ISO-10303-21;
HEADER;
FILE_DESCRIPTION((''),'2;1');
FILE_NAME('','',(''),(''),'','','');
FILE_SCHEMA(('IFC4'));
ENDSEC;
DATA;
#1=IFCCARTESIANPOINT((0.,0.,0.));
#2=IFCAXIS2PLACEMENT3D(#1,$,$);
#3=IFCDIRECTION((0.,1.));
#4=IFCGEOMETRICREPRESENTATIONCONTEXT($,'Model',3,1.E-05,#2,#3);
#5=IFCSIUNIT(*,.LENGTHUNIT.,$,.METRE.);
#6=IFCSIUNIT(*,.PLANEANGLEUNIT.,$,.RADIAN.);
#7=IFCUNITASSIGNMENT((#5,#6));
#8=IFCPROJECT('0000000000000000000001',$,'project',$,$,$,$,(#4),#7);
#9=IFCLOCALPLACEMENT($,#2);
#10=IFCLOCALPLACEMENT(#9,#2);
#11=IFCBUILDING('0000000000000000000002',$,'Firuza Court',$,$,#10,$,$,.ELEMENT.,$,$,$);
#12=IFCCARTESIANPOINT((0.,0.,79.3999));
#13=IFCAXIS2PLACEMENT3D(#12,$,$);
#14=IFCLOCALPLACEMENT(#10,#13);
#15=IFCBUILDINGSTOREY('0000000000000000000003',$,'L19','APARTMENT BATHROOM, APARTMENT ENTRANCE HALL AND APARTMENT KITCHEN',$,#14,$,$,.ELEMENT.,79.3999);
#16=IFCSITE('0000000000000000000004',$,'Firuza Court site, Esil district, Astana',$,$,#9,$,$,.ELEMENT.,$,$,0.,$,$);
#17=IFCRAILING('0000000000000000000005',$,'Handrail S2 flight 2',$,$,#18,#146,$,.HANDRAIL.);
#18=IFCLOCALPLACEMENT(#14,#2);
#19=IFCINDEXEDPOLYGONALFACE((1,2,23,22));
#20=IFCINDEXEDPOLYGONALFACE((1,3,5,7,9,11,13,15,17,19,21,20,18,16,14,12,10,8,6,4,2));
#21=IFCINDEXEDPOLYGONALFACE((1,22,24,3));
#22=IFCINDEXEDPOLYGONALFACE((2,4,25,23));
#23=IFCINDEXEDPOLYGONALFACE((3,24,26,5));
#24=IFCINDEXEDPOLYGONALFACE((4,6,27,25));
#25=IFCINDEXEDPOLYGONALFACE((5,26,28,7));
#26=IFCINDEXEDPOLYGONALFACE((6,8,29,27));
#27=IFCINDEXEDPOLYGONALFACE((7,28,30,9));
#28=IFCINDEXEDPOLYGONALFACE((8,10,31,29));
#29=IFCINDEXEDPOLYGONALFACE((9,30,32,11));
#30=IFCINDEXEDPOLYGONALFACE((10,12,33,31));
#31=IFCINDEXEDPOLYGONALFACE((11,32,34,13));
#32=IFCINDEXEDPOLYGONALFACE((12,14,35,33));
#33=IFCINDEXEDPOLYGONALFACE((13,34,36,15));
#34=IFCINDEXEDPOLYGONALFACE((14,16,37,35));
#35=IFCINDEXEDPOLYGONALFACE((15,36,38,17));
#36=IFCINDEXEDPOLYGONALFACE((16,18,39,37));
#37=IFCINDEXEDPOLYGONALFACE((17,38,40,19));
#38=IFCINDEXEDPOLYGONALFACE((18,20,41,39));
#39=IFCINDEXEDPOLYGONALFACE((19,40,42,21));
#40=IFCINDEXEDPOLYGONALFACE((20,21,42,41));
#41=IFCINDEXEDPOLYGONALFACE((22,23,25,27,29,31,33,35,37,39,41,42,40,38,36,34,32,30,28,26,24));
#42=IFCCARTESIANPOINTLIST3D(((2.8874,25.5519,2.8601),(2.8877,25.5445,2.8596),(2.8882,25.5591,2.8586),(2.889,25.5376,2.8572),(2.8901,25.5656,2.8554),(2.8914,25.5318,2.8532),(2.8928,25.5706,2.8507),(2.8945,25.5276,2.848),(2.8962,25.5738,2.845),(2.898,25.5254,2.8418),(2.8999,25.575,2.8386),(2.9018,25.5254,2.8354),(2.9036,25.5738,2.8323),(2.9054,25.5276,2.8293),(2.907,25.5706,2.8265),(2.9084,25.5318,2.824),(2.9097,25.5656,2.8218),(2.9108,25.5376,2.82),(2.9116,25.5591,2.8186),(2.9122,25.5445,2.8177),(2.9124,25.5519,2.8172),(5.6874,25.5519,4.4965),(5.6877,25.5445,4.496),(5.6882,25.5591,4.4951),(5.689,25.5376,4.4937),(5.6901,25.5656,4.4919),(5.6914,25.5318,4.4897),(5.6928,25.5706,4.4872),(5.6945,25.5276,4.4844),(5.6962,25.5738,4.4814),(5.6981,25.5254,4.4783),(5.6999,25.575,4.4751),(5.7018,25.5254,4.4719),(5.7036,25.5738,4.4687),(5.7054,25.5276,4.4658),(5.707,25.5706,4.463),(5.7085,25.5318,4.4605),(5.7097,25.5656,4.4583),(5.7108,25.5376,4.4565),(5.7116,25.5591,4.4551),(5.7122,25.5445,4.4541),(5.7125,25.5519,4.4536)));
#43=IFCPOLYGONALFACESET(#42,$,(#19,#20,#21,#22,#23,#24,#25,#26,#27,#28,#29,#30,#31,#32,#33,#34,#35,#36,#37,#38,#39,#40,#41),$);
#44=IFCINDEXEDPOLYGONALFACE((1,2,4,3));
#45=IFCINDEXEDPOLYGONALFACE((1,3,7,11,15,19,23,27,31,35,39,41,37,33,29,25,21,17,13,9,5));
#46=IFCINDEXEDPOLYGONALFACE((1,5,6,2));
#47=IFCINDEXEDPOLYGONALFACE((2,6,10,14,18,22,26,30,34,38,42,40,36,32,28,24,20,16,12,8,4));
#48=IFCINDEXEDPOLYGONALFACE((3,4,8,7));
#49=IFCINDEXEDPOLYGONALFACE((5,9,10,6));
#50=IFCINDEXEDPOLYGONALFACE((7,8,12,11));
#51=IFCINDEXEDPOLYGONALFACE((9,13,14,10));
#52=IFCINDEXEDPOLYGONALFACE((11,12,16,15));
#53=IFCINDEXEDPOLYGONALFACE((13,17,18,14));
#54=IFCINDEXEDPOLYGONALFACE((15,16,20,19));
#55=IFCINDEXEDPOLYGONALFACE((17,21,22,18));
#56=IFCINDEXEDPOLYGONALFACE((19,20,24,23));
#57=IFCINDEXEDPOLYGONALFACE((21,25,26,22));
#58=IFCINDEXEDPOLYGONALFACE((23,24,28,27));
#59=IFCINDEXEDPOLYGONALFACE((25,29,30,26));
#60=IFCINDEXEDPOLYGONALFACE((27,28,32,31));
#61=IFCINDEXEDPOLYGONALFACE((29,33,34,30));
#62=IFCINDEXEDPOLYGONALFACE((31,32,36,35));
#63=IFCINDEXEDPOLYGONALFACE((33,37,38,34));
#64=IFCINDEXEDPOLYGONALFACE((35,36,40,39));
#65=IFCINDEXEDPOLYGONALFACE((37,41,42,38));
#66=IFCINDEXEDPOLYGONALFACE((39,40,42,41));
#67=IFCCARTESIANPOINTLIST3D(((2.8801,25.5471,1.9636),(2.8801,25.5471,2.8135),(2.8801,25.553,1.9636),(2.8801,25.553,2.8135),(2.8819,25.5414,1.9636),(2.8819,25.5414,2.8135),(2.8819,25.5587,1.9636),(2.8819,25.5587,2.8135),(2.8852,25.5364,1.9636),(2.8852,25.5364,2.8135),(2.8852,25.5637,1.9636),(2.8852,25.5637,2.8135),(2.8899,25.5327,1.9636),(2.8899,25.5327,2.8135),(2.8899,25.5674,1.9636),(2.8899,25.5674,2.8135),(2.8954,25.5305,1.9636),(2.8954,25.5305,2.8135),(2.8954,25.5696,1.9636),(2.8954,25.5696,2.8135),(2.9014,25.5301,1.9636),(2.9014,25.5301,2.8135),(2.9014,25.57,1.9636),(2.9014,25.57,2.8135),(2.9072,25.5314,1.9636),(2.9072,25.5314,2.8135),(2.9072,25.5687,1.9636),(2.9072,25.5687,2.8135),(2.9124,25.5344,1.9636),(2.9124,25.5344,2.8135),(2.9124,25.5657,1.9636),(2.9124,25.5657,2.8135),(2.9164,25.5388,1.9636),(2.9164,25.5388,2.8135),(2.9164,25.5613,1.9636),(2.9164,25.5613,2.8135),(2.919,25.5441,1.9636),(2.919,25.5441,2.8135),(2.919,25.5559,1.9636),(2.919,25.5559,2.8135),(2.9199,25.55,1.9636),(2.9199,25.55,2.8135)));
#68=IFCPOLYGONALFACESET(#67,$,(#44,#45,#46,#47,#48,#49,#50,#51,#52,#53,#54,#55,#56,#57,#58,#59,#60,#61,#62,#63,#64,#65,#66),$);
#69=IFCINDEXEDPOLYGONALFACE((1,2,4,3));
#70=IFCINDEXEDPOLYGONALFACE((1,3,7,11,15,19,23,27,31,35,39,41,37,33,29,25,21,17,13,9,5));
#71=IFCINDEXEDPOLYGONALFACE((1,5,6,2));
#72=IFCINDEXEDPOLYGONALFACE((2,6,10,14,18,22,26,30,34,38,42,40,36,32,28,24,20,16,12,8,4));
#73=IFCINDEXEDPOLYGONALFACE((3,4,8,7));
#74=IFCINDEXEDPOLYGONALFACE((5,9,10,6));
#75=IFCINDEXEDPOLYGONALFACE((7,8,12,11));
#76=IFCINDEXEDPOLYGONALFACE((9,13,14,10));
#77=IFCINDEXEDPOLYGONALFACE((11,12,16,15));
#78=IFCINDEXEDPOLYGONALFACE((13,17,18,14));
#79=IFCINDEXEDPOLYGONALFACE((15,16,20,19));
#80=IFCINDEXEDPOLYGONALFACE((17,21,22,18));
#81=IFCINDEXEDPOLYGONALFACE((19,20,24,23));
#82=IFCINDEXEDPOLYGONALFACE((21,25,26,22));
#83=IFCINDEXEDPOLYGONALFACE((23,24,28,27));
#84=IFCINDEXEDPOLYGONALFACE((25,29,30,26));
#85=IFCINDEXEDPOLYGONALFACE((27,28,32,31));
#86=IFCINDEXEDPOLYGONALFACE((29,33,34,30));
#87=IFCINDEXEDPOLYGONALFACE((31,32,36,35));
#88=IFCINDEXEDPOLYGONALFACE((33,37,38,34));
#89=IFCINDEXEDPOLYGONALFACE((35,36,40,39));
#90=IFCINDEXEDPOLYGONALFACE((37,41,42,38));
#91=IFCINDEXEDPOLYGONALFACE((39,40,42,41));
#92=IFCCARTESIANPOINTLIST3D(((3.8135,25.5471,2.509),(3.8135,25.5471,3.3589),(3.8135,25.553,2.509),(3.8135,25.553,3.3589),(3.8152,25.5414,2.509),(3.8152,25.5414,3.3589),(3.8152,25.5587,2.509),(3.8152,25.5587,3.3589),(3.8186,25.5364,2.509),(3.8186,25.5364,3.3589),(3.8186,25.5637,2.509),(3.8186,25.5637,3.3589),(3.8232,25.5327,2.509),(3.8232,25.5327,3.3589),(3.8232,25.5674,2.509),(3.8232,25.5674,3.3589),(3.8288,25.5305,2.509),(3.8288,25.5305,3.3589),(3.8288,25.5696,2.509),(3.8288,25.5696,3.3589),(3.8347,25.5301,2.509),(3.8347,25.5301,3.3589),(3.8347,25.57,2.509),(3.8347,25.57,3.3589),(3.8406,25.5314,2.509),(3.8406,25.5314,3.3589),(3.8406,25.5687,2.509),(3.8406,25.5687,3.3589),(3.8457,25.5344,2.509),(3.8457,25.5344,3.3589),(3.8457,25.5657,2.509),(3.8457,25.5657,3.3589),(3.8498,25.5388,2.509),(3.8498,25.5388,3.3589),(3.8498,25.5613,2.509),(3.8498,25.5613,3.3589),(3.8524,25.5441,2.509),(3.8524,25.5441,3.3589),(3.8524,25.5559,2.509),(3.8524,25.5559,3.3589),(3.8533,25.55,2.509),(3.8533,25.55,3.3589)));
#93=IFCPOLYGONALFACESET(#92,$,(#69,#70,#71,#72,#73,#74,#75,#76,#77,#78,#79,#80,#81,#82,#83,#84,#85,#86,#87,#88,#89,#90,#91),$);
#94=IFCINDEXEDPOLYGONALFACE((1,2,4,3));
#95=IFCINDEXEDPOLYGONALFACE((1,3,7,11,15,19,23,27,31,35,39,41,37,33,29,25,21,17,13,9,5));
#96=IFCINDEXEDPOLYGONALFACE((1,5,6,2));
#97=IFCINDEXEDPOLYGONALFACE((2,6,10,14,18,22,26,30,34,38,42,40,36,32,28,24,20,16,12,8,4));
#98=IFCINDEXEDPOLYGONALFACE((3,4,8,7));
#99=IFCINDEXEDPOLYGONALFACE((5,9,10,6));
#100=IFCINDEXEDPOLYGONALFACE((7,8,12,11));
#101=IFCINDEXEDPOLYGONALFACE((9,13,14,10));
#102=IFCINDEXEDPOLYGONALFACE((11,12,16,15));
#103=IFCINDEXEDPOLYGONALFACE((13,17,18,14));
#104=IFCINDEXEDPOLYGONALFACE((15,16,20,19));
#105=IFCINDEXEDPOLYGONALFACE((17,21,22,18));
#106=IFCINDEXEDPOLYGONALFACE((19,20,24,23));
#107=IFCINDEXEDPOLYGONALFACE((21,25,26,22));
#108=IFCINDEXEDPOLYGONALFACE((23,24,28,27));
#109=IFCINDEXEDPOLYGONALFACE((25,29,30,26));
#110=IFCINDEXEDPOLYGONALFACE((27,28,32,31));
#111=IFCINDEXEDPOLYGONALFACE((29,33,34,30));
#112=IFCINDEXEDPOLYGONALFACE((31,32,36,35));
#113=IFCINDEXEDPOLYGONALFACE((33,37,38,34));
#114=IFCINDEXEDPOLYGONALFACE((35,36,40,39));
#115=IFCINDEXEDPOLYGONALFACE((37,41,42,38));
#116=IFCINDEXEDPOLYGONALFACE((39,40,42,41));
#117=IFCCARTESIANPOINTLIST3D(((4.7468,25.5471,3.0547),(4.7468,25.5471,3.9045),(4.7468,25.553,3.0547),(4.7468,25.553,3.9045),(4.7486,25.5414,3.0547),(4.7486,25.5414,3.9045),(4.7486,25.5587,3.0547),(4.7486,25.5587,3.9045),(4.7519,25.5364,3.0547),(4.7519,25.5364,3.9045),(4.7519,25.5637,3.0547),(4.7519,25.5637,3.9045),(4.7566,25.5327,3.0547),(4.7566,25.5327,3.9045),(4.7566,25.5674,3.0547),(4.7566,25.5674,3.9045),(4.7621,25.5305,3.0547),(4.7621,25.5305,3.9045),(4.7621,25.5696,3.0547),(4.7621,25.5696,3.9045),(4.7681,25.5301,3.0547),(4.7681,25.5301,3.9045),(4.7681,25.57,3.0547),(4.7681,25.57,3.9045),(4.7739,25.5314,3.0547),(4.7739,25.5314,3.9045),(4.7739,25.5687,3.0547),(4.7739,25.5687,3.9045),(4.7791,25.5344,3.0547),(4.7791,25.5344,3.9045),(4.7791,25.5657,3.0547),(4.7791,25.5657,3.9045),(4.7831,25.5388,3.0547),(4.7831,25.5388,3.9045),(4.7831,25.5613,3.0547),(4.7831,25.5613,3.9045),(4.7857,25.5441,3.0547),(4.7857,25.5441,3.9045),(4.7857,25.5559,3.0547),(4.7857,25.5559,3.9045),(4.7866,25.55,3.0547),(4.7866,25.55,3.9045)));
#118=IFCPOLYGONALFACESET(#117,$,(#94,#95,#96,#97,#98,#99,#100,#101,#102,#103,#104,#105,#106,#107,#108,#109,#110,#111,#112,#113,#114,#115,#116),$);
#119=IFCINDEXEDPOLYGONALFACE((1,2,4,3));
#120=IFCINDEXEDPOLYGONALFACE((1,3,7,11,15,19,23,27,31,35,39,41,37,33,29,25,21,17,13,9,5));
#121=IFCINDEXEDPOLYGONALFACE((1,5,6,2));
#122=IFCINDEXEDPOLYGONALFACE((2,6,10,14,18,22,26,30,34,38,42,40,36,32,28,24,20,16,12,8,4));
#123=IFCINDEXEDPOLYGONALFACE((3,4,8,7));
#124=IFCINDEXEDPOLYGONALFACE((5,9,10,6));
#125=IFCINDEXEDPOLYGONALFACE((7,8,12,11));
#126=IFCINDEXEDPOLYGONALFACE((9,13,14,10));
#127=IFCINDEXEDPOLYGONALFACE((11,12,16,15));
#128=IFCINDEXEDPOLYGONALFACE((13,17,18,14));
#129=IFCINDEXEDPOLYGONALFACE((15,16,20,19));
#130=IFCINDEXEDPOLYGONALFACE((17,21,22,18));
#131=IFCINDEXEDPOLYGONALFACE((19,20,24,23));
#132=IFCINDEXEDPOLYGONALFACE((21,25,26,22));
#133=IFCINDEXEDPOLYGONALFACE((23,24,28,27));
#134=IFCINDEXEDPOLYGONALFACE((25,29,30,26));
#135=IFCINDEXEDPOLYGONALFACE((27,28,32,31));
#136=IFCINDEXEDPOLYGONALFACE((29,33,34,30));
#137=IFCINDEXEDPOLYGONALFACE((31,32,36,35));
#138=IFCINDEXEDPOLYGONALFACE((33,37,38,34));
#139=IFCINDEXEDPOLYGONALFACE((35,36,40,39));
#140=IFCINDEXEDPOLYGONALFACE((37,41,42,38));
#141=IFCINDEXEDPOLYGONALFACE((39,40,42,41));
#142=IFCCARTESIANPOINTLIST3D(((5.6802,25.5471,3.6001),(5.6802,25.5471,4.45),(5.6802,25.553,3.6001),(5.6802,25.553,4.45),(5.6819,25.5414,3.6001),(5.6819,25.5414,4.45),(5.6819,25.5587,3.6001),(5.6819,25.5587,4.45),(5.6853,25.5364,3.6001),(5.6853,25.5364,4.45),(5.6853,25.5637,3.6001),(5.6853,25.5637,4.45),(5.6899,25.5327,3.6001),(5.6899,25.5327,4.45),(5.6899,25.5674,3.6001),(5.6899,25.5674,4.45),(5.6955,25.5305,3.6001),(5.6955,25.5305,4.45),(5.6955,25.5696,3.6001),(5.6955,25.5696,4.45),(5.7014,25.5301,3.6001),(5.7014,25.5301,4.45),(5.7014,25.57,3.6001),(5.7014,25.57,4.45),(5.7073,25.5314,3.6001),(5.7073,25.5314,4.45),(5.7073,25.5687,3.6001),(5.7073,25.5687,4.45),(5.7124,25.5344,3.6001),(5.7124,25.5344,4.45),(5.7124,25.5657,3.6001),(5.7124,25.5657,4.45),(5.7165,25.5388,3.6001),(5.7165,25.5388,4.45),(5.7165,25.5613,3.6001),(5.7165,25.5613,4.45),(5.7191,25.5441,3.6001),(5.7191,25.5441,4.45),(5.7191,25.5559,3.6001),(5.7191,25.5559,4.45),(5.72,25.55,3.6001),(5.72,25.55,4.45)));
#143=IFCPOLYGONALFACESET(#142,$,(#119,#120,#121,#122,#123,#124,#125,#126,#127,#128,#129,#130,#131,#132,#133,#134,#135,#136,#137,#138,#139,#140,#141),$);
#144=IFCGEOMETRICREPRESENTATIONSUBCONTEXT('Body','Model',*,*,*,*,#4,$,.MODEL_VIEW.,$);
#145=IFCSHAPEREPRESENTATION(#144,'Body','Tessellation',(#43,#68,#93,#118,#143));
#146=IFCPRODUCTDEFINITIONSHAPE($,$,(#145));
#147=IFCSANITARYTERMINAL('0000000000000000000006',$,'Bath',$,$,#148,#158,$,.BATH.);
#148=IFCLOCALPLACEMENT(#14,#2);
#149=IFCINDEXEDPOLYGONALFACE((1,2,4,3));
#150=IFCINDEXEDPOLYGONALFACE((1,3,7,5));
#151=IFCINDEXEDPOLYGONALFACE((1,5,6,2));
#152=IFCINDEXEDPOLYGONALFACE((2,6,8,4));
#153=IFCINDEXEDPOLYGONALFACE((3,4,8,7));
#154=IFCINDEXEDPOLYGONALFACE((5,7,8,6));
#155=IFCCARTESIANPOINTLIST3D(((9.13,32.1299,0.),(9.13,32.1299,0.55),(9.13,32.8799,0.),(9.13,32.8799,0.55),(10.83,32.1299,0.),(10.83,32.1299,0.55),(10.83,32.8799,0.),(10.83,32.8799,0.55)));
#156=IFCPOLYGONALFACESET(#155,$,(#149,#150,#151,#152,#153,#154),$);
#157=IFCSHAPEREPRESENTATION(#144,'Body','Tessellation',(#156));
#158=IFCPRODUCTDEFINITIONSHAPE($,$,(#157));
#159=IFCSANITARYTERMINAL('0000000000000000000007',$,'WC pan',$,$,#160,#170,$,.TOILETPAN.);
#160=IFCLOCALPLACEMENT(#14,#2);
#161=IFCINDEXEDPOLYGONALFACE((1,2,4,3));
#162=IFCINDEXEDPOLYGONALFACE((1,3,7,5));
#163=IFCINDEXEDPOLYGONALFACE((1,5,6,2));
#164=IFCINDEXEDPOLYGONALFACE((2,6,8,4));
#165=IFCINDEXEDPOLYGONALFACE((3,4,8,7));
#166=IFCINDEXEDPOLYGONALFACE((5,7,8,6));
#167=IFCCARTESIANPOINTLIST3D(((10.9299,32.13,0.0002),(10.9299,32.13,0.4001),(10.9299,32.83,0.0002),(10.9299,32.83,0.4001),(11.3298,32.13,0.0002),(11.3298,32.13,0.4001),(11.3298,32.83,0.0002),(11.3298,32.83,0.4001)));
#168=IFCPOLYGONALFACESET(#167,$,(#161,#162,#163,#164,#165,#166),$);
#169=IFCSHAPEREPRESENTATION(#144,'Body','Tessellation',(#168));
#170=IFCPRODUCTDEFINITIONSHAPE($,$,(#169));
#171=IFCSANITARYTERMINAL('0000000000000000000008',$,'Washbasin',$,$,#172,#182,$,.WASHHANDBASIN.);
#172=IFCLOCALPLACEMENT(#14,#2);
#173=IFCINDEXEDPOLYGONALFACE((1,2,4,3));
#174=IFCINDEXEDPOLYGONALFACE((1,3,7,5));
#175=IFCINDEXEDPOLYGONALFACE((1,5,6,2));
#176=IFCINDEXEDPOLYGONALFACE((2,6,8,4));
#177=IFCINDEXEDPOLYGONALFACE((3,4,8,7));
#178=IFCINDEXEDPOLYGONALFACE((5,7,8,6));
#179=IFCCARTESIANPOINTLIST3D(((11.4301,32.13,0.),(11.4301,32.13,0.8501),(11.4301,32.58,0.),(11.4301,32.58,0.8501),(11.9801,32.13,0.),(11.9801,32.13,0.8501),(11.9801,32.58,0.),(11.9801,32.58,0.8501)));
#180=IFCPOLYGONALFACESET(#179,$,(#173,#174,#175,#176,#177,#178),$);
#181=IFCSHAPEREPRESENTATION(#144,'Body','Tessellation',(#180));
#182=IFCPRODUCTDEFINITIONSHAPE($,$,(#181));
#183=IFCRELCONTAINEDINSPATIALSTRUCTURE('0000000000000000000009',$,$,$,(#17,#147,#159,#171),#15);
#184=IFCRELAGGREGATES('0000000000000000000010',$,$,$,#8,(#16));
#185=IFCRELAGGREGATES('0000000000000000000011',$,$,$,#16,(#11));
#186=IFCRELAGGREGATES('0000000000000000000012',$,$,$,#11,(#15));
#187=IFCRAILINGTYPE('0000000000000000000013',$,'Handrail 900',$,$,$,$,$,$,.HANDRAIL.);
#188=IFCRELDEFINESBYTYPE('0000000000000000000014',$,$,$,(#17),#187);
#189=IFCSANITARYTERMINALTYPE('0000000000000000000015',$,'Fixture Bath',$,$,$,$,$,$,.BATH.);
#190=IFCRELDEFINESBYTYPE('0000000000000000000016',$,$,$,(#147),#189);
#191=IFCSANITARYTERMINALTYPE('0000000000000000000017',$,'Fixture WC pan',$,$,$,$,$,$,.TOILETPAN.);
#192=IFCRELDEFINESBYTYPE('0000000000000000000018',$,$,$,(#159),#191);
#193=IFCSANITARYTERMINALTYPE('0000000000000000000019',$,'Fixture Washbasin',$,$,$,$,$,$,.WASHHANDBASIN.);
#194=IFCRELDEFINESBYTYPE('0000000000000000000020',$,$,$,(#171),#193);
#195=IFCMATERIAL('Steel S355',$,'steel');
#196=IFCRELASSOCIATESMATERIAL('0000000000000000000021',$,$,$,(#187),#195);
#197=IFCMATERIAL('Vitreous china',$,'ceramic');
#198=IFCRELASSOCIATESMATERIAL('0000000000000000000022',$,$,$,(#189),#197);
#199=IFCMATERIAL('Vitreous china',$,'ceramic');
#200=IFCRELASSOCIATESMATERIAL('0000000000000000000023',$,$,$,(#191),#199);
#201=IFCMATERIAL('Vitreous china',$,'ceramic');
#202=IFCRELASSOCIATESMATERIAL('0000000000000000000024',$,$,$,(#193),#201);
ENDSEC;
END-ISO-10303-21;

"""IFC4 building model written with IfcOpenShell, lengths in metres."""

from ifc_helpers import new_model, si_unit, direction, frame, origin, origin_2d, place, context, subcontext, project, spatial, rectangle, circle, extrude, material, type_object, element, save


model = new_model("IFC4")

# Units and contexts
model_context = context("Model", 3, precision=1e-05, world=origin(), true_north=direction((0.0, 1.0)))
body_context = subcontext(model_context, "Body", "Model", "MODEL_VIEW")
ifc_project = project(units=[si_unit("LENGTHUNIT", "METRE"), si_unit("PLANEANGLEUNIT", "RADIAN")], contexts=[model_context])

# Site, building, storey
site_placement = place(None, origin())
site = spatial("IfcSite", under=ifc_project, at=site_placement, Name="Firuza Court site, Esil district, Astana", CompositionType="ELEMENT", RefElevation=0.0)
building_placement = place(site_placement, origin())
building = spatial("IfcBuilding", under=site, at=building_placement, Name="Firuza Court", CompositionType="ELEMENT")
storey_placement = place(building_placement, frame((0.0, 0.0, 79.3999)))
storey = spatial("IfcBuildingStorey", under=building, at=storey_placement, Name="L19", Description="APARTMENT BATHROOM, APARTMENT ENTRANCE HALL AND APARTMENT KITCHEN", CompositionType="ELEMENT", Elevation=79.3999)

# Railing
ifc_material_1 = material(Name="Steel S355", Category="steel")
railing_type = type_object("IfcRailingType", Name="Handrail 900", PredefinedType="HANDRAIL", material=ifc_material_1)
railing_placement = place(storey_placement, frame((2.8999, 25.55, 1.9636)))
element("IfcRailing", 1, at=railing_placement, inside=storey, type_object=railing_type, Name="Handrail S2 flight 2", PredefinedType="HANDRAIL", context=body_context, shape_type="SweptSolid", body=[
    extrude(circle(Radius=0.0249, at=origin_2d()), frame((0.0, 0.0, 0.875), z_axis=(0.863361, 0.0, 0.504587), x_axis=(0.0, 1.0, 0.0)), (0.0, 0.0, 1.0), 3.2432),
    extrude(circle(Radius=0.02, at=origin_2d()), origin(), (0.0, 0.0, 1.0), 0.8499),
    extrude(circle(Radius=0.02, at=origin_2d()), frame((0.9333, 0.0, 0.5454)), (0.0, 0.0, 1.0), 0.8499),
    extrude(circle(Radius=0.02, at=origin_2d()), frame((1.8667, 0.0, 1.0911)), (0.0, 0.0, 1.0), 0.8499),
    extrude(circle(Radius=0.02, at=origin_2d()), frame((2.8, 0.0, 1.6365)), (0.0, 0.0, 1.0), 0.8499),
])

# Sanitary terminals
ifc_material_2 = material(Name="Vitreous china", Category="ceramic")
sanitary_terminal_type_1 = type_object("IfcSanitaryTerminalType", Name="Fixture Bath", PredefinedType="BATH", material=ifc_material_2)
sanitary_terminal_1_placement = place(storey_placement, frame((9.98, 32.5049, 0.0), z_axis=(0.0, 0.0, 1.0), x_axis=(1.0, 0.0, 0.0)))
element("IfcSanitaryTerminal", 2, at=sanitary_terminal_1_placement, inside=storey, type_object=sanitary_terminal_type_1, Name="Bath", PredefinedType="BATH", context=body_context, shape_type="SweptSolid", body=[
    extrude(rectangle(XDim=1.7, YDim=0.75, at=origin_2d()), origin(), (0.0, 0.0, 1.0), 0.55),
])
ifc_material_3 = material(Name="Vitreous china", Category="ceramic")
sanitary_terminal_type_2 = type_object("IfcSanitaryTerminalType", Name="Fixture WC pan", PredefinedType="TOILETPAN", material=ifc_material_3)
sanitary_terminal_2_placement = place(storey_placement, frame((11.1299, 32.48, 0.0002), z_axis=(0.0, 0.0, 1.0), x_axis=(1.0, 0.0, 0.0)))
element("IfcSanitaryTerminal", 3, at=sanitary_terminal_2_placement, inside=storey, type_object=sanitary_terminal_type_2, Name="WC pan", PredefinedType="TOILETPAN", context=body_context, shape_type="SweptSolid", body=[
    extrude(rectangle(XDim=0.3999, YDim=0.7, at=origin_2d()), origin(), (0.0, 0.0, 1.0), 0.3999),
])
ifc_material_4 = material(Name="Vitreous china", Category="ceramic")
sanitary_terminal_type_3 = type_object("IfcSanitaryTerminalType", Name="Fixture Washbasin", PredefinedType="WASHHANDBASIN", material=ifc_material_4)
sanitary_terminal_3_placement = place(storey_placement, frame((11.7051, 32.355, 0.0), z_axis=(0.0, 0.0, 1.0), x_axis=(1.0, 0.0, 0.0)))
element("IfcSanitaryTerminal", 4, at=sanitary_terminal_3_placement, inside=storey, type_object=sanitary_terminal_type_3, Name="Washbasin", PredefinedType="WASHHANDBASIN", context=body_context, shape_type="SweptSolid", body=[
    extrude(rectangle(XDim=0.55, YDim=0.45, at=origin_2d()), origin(), (0.0, 0.0, 1.0), 0.8501),
])

save(model, "model.ifc")
